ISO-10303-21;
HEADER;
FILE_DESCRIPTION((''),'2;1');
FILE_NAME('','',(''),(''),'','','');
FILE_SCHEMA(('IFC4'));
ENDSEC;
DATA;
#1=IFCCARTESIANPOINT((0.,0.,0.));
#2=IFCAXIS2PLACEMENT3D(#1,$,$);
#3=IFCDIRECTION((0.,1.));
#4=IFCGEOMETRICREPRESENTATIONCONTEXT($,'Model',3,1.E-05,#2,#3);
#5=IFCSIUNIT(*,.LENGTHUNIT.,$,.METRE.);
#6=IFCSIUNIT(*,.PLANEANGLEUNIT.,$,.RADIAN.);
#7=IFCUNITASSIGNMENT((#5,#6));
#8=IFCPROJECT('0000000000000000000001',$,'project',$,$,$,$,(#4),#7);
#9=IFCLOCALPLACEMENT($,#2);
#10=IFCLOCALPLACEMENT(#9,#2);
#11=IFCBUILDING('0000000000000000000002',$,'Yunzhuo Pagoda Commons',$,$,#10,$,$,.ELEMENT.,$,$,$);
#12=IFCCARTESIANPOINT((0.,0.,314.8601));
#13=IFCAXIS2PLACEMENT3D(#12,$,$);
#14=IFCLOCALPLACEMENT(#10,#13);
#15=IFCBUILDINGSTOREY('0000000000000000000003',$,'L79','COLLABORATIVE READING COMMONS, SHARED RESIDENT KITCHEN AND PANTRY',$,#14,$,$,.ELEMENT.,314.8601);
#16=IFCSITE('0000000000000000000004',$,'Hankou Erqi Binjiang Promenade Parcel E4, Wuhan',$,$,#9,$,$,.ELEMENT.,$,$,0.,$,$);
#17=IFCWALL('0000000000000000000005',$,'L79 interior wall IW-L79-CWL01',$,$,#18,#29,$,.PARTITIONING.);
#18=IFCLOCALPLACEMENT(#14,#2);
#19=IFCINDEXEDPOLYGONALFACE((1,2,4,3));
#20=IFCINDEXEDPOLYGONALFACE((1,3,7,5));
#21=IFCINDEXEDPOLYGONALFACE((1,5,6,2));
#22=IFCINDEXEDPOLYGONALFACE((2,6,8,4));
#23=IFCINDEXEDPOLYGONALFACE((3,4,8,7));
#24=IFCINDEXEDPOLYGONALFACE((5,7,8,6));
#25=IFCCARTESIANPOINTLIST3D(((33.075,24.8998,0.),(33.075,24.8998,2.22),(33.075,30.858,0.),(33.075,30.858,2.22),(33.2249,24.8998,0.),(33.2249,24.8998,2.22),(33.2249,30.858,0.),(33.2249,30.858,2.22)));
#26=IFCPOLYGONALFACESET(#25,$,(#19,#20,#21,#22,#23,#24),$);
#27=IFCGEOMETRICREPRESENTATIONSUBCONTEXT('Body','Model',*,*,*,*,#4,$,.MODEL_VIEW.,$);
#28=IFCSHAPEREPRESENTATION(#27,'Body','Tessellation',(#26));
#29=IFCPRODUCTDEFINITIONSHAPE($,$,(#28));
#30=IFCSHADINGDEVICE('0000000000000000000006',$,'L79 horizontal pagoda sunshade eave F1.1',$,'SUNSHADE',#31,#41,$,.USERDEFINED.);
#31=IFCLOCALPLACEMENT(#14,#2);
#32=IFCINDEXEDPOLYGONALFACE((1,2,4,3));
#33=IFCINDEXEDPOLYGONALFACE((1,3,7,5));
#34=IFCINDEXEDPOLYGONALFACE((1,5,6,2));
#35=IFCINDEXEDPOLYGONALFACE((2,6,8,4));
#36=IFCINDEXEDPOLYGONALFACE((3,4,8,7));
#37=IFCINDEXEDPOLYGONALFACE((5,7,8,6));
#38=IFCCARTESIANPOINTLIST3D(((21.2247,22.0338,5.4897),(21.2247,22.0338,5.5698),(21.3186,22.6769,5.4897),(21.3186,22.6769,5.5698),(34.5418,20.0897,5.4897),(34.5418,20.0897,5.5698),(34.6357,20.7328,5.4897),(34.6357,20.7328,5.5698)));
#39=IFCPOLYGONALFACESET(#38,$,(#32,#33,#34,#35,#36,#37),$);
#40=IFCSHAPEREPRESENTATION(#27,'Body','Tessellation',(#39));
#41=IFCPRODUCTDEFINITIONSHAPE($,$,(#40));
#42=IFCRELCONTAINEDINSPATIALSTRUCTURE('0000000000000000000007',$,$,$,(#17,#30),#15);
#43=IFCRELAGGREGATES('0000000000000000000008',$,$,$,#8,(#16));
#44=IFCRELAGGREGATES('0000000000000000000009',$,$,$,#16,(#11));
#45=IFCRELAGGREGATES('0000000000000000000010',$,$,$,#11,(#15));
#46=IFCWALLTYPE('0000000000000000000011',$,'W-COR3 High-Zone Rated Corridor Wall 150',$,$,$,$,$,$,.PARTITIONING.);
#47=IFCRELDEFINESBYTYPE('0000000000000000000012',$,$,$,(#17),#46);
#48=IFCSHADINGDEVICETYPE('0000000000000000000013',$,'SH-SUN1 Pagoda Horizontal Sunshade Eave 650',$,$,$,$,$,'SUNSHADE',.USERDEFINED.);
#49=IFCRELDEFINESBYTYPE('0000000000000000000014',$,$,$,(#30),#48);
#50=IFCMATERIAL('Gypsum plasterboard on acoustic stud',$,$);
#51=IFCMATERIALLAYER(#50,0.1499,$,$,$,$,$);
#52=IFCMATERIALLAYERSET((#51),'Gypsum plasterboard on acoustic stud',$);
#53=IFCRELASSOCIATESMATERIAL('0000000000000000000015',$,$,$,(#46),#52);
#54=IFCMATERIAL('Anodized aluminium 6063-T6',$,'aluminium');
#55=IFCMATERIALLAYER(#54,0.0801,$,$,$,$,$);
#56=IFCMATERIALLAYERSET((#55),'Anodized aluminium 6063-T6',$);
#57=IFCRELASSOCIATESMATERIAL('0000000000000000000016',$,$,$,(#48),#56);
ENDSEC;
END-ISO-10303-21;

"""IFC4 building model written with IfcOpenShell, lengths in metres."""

from ifc_helpers import new_model, si_unit, direction, frame, frame_2d, origin, origin_2d, place, context, subcontext, project, spatial, rectangle, extrude, source, transform, mapped, material, layer, layer_set, type_object, element, save


model = new_model("IFC4")

# Units and contexts
model_context = context("Model", 3, precision=1e-05, world=origin(), true_north=direction((0.0, 1.0)))
body_context = subcontext(model_context, "Body", "Model", "MODEL_VIEW")
ifc_project = project(units=[si_unit("LENGTHUNIT", "METRE"), si_unit("PLANEANGLEUNIT", "RADIAN")], contexts=[model_context])

# Site, building, storey
site_placement = place(None, origin())
site = spatial("IfcSite", under=ifc_project, at=site_placement, Name="Hankou Erqi Binjiang Promenade Parcel E4, Wuhan", CompositionType="ELEMENT", RefElevation=0.0)
building_placement = place(site_placement, origin())
building = spatial("IfcBuilding", under=site, at=building_placement, Name="Yunzhuo Pagoda Commons", CompositionType="ELEMENT")
storey_placement = place(building_placement, frame((0.0, 0.0, 314.8601)))
storey = spatial("IfcBuildingStorey", under=building, at=storey_placement, Name="L79", Description="COLLABORATIVE READING COMMONS, SHARED RESIDENT KITCHEN AND PANTRY", CompositionType="ELEMENT", Elevation=314.8601)

# Shared definitions
ifc_material_1 = material(Name="Anodized aluminium 6063-T6", Category="aluminium")

# Wall
ifc_material_2 = material(Name="Gypsum plasterboard on acoustic stud")
ifc_layer_1 = layer(ifc_material_2, 0.1499)
ifc_layer_set_1 = layer_set([ifc_layer_1], Name="Gypsum plasterboard on acoustic stud")
wall_type_1 = type_object("IfcWallType", Name="W-COR3 High-Zone Rated Corridor Wall 150", PredefinedType="PARTITIONING", material=ifc_layer_set_1)
wall_1_placement = place(storey_placement, frame((33.1499, 24.8999, 0.0), z_axis=(0.0, 0.0, 1.0), x_axis=(0.0, 1.0, 0.0)))
element("IfcWall", 1, at=wall_1_placement, inside=storey, type_object=wall_type_1, Name="L79 interior wall IW-L79-CWL01", PredefinedType="PARTITIONING", context=body_context, shape_type="SweptSolid", body=[
    extrude(rectangle(XDim=5.9583, YDim=0.1499, at=frame_2d((2.979, 0.0))), origin(), (0.0, 0.0, 1.0), 2.22),
])

# Shading device
ifc_layer_2 = layer(ifc_material_1, 0.0801)
ifc_layer_set_2 = layer_set([ifc_layer_2], Name="Anodized aluminium 6063-T6")
shading_device_type = type_object("IfcShadingDeviceType", Name="SH-SUN1 Pagoda Horizontal Sunshade Eave 650", ElementType="SUNSHADE", PredefinedType="USERDEFINED", material=ifc_layer_set_2)
shared_shape_1 = source(origin(), body_context, "Body", "SweptSolid", [
    extrude(rectangle(XDim=13.4583, YDim=0.6499, at=origin_2d()), origin(), (0.0, 0.0, 1.0), 0.0801),
])
shading_device_placement = place(storey_placement, frame((27.9302, 21.3833, 5.4897), z_axis=(0.0, 0.0, 1.0), x_axis=(0.989511, -0.14446, 0.0)))
element("IfcShadingDevice", 2, at=shading_device_placement, inside=storey, type_object=shading_device_type, Name="L79 horizontal pagoda sunshade eave F1.1", ObjectType="SUNSHADE", PredefinedType="USERDEFINED", context=body_context, shape_type="MappedRepresentation", body=[
    mapped(shared_shape_1, transform((0.0, 0.0, 0.0), scale=1.0)),
])

save(model, "model.ifc")
